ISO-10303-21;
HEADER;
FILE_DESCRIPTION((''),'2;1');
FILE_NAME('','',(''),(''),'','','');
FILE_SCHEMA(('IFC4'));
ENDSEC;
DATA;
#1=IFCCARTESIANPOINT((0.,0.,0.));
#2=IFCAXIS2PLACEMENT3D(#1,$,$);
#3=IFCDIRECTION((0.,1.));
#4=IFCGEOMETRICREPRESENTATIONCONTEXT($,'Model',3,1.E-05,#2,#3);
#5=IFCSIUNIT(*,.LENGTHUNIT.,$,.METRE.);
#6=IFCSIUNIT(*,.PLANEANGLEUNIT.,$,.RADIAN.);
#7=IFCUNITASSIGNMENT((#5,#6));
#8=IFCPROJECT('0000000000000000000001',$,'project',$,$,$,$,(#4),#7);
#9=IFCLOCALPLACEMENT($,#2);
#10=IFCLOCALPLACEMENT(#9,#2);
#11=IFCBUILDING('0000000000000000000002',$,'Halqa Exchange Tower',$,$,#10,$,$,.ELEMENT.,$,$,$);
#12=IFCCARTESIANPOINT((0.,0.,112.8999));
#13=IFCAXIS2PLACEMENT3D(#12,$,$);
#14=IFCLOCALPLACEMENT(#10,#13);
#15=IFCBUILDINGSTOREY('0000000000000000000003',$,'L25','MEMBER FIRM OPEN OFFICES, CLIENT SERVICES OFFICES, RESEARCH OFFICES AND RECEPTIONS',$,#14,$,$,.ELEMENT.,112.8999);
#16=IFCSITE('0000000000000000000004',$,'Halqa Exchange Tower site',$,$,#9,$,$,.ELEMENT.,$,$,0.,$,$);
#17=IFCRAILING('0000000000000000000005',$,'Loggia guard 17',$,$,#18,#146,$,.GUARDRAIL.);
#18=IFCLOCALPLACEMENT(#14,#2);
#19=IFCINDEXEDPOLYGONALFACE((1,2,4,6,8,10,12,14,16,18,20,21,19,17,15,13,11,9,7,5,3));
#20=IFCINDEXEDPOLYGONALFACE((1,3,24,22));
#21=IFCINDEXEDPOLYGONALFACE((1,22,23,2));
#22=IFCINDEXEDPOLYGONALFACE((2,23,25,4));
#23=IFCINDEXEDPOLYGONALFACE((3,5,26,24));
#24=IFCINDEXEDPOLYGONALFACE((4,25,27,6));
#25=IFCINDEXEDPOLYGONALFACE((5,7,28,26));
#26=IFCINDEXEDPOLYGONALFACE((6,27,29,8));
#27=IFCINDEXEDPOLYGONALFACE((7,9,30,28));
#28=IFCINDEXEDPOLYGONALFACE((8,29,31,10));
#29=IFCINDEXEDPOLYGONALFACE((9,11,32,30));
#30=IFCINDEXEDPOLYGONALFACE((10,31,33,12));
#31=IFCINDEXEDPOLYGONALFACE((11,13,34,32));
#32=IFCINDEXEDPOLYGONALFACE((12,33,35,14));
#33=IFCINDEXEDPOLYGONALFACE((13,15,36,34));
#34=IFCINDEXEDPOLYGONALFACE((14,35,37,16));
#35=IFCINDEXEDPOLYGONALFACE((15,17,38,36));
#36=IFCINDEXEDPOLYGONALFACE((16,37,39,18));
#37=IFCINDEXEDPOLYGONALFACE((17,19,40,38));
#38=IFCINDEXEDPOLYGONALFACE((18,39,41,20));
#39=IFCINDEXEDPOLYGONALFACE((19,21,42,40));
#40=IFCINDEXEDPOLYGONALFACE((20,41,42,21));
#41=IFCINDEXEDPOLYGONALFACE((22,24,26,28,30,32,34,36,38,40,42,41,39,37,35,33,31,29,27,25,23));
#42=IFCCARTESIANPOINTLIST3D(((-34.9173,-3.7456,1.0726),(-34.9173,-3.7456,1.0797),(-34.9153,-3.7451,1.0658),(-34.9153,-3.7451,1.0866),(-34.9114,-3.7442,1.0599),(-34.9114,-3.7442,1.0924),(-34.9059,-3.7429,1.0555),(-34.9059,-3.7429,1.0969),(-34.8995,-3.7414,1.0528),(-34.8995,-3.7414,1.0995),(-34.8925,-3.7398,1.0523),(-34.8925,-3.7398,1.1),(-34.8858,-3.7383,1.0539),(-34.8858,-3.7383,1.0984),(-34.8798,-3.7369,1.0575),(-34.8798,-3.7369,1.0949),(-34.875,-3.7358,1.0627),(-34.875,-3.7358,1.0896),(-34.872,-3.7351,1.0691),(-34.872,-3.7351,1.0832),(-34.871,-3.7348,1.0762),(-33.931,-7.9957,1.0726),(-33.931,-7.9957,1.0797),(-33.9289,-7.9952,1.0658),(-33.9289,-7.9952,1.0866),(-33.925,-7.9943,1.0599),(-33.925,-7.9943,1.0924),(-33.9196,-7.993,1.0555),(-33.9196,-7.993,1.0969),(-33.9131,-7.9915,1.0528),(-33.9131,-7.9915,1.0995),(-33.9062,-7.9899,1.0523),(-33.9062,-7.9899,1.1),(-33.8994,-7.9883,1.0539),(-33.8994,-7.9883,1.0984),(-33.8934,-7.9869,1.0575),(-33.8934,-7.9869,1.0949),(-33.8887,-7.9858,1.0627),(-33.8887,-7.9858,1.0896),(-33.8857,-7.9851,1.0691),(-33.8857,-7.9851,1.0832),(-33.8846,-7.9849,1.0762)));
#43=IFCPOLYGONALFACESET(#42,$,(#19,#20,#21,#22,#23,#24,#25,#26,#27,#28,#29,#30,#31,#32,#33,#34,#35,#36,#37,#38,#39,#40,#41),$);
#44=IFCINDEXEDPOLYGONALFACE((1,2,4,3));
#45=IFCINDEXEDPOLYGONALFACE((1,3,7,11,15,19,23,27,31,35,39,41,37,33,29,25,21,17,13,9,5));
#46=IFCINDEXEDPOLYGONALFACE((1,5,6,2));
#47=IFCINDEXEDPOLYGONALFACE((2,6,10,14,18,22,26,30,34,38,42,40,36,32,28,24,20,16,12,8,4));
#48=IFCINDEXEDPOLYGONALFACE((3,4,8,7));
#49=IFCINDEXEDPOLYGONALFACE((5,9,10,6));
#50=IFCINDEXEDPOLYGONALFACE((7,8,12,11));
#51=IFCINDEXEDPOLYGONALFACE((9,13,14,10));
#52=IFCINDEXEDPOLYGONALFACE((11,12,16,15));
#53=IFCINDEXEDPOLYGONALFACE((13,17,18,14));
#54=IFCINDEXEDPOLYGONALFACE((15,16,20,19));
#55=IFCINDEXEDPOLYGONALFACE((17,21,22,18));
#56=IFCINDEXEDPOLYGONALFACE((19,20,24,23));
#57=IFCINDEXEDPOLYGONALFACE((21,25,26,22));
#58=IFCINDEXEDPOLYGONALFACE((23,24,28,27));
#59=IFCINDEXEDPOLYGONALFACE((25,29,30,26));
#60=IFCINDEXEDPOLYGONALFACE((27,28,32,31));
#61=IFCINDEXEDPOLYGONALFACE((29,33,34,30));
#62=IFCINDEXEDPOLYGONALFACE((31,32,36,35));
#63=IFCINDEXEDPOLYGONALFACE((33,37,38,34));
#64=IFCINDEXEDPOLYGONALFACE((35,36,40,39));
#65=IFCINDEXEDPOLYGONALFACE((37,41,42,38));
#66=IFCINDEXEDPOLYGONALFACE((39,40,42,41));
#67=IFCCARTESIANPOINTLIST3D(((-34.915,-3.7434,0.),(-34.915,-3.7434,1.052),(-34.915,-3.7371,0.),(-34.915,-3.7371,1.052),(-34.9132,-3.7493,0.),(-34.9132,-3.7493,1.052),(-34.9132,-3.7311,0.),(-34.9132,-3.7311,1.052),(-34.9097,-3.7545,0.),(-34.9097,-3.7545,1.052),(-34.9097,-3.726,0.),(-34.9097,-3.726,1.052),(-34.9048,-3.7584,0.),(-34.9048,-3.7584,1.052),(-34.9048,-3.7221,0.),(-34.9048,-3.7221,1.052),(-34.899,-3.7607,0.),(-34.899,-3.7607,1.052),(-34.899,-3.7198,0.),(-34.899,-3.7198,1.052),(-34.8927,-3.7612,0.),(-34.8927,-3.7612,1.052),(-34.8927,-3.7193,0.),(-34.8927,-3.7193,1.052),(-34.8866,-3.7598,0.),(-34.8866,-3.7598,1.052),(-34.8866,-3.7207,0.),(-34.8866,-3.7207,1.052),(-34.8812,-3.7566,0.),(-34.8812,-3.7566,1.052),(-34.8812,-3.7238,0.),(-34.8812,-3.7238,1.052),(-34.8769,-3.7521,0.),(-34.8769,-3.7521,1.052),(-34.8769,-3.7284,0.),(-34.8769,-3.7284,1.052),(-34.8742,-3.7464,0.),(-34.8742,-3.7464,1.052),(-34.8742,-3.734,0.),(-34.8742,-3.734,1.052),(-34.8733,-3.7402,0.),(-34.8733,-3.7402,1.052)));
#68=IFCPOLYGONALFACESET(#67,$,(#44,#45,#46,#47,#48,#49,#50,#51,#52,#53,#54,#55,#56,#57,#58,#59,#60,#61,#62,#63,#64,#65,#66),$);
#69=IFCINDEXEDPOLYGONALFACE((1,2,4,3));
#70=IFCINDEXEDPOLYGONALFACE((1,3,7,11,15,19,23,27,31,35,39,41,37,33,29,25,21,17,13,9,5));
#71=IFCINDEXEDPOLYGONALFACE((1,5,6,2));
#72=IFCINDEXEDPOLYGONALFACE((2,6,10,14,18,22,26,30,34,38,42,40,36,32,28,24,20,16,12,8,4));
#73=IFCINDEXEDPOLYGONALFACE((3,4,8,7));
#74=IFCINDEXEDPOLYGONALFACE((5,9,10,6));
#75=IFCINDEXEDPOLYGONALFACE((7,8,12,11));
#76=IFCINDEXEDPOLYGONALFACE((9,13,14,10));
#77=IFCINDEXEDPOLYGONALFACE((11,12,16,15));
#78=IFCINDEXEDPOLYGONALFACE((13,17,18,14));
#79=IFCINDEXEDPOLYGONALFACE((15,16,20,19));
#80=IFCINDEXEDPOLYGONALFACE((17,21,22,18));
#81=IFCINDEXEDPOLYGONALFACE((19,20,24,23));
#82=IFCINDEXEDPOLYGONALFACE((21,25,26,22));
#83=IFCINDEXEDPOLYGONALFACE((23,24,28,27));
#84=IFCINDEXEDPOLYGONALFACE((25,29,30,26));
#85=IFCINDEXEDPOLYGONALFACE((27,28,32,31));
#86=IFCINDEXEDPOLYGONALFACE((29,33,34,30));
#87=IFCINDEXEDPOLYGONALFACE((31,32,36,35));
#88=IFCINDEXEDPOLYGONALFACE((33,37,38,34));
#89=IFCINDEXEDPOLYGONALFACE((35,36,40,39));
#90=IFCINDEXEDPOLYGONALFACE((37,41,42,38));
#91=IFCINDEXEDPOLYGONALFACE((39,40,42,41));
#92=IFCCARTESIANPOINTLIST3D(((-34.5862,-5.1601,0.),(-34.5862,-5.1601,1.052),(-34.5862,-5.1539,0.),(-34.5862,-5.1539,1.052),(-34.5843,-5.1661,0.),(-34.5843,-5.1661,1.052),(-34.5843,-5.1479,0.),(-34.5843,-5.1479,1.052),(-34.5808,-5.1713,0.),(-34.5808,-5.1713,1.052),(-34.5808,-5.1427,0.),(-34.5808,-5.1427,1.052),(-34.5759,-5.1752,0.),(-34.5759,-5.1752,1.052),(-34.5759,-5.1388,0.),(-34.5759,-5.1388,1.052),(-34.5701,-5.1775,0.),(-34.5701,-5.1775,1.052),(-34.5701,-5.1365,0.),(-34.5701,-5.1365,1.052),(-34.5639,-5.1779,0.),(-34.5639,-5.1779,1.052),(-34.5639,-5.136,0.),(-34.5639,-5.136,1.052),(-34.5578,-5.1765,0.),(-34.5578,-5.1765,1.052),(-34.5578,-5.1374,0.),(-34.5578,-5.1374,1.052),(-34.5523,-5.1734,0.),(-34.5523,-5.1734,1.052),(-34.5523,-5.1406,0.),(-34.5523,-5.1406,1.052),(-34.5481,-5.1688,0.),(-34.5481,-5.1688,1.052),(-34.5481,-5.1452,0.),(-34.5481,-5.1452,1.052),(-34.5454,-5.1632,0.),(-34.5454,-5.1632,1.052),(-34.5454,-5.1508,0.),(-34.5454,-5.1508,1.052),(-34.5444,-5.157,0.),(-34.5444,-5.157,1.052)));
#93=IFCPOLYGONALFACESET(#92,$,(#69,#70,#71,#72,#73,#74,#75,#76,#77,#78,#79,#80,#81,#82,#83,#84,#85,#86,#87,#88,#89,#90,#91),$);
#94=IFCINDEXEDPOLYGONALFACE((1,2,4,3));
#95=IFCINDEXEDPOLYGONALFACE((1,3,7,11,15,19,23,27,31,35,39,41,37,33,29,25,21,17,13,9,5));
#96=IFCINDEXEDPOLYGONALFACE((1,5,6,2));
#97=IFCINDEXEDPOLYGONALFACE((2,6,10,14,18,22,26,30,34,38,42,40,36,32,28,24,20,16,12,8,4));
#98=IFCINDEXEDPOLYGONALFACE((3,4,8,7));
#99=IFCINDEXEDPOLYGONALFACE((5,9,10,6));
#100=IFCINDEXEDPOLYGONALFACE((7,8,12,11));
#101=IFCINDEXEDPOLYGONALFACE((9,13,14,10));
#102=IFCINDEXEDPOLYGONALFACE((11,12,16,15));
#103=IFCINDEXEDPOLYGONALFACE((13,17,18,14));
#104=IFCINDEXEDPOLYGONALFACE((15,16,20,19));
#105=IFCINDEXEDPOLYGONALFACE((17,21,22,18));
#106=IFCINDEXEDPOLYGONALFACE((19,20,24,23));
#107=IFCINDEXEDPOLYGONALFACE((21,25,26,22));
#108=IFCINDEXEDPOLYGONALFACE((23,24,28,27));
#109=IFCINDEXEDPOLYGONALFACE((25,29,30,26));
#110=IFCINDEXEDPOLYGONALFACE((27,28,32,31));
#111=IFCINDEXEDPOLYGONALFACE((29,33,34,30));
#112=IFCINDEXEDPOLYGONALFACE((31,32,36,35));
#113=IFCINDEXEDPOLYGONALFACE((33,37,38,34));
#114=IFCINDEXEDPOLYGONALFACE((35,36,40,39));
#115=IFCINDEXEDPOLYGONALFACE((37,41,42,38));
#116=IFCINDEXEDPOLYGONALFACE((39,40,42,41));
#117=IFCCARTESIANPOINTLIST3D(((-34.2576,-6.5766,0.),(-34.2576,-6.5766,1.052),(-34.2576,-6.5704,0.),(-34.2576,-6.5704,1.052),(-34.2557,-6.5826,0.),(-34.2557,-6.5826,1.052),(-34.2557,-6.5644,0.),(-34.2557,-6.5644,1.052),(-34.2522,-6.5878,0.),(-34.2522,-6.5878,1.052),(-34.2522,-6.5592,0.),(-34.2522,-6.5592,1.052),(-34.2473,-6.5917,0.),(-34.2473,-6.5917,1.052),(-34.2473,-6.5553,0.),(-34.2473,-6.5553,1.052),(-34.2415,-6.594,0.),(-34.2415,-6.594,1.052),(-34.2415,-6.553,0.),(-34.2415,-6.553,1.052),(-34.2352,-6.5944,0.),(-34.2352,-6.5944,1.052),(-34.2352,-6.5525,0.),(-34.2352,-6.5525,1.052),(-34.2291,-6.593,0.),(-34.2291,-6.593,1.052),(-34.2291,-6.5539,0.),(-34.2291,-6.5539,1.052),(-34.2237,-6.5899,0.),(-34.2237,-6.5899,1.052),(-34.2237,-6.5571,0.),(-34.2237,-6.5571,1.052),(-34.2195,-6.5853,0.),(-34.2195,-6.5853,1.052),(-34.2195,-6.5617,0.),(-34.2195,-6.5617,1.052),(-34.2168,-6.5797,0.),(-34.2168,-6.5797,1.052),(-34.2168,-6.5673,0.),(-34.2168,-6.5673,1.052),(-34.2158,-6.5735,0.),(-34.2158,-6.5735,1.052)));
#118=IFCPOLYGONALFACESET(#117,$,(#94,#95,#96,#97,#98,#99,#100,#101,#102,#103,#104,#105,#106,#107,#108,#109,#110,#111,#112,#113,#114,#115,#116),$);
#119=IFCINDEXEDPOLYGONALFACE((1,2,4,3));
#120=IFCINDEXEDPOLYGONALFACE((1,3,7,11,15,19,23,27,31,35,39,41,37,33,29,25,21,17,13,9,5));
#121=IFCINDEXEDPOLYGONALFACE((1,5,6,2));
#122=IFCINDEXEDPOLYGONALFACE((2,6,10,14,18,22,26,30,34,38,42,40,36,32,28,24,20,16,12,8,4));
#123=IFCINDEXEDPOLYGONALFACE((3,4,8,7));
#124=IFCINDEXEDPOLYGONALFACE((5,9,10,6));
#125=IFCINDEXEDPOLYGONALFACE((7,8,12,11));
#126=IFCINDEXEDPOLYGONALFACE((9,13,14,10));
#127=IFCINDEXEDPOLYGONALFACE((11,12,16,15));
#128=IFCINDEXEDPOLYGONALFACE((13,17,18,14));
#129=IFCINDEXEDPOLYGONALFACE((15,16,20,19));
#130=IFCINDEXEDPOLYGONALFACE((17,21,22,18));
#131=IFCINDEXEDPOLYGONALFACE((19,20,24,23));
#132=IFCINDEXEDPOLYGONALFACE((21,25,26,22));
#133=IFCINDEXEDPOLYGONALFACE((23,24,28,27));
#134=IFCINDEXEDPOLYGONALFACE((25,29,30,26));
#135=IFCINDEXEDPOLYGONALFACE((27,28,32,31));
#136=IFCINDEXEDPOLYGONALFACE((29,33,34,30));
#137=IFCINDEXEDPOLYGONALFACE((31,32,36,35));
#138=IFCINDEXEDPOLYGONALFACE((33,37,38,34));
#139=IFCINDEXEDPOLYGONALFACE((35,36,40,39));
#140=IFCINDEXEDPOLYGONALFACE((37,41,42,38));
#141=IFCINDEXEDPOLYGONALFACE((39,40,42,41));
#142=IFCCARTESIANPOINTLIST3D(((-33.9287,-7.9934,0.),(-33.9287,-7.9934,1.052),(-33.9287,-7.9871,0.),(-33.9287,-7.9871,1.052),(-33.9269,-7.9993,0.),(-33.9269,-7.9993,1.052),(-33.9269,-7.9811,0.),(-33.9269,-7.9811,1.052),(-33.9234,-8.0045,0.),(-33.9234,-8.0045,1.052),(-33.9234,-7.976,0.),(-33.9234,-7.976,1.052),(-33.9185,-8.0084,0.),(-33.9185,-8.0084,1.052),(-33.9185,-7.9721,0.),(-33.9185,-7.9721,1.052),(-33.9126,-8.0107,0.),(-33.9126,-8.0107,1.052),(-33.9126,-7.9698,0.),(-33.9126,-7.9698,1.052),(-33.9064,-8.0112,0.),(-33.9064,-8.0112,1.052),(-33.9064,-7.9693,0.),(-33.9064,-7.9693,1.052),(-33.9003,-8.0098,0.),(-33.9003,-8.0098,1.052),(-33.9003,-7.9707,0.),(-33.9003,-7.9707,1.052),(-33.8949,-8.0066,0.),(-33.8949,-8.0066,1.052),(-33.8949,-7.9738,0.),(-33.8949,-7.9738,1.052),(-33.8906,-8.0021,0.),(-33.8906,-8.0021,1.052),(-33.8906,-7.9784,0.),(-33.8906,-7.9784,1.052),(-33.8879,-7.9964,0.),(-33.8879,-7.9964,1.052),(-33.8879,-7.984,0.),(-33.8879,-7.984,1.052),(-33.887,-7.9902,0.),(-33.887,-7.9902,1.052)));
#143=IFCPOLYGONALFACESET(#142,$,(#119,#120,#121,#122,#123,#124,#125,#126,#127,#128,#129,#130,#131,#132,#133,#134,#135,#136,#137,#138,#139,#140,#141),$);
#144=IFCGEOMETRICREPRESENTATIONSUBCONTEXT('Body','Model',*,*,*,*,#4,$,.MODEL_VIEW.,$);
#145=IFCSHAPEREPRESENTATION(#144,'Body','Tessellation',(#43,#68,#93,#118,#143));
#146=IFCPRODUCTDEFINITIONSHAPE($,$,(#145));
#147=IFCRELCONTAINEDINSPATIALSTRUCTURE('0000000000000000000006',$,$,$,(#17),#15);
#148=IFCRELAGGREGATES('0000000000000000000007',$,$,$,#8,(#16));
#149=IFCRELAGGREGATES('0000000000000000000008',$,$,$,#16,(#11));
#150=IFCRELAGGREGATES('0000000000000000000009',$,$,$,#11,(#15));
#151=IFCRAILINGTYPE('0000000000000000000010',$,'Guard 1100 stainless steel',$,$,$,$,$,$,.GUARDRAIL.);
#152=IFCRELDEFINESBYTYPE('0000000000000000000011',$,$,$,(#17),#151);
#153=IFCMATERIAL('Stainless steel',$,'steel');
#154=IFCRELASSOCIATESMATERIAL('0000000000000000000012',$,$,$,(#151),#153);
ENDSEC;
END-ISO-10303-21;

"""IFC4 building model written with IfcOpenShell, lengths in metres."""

from ifc_helpers import new_model, si_unit, direction, frame, origin, origin_2d, place, context, subcontext, project, spatial, circle, extrude, material, type_object, element, save


model = new_model("IFC4")

# Units and contexts
model_context = context("Model", 3, precision=1e-05, world=origin(), true_north=direction((0.0, 1.0)))
body_context = subcontext(model_context, "Body", "Model", "MODEL_VIEW")
ifc_project = project(units=[si_unit("LENGTHUNIT", "METRE"), si_unit("PLANEANGLEUNIT", "RADIAN")], contexts=[model_context])

# Site, building, storey
site_placement = place(None, origin())
site = spatial("IfcSite", under=ifc_project, at=site_placement, Name="Halqa Exchange Tower site", CompositionType="ELEMENT", RefElevation=0.0)
building_placement = place(site_placement, origin())
building = spatial("IfcBuilding", under=site, at=building_placement, Name="Halqa Exchange Tower", CompositionType="ELEMENT")
storey_placement = place(building_placement, frame((0.0, 0.0, 112.8999)))
storey = spatial("IfcBuildingStorey", under=building, at=storey_placement, Name="L25", Description="MEMBER FIRM OPEN OFFICES, CLIENT SERVICES OFFICES, RESEARCH OFFICES AND RECEPTIONS", CompositionType="ELEMENT", Elevation=112.8999)

# Railing
ifc_material_1 = material(Name="Stainless steel", Category="steel")
railing_type = type_object("IfcRailingType", Name="Guard 1100 stainless steel", PredefinedType="GUARDRAIL", material=ifc_material_1)
railing_1_placement = place(storey_placement, frame((-34.8943, -3.7402, 0.0)))
element("IfcRailing", 1, at=railing_1_placement, inside=storey, type_object=railing_type, Name="Loggia guard 17", PredefinedType="GUARDRAIL", context=body_context, shape_type="SweptSolid", body=[
    extrude(circle(Radius=0.0239, at=origin_2d()), frame((0.0, 0.0, 1.0762), z_axis=(0.226069, -0.974111, 0.0), x_axis=(0.974111, 0.226069, 0.0)), (0.0, 0.0, 1.0), 4.363),
    extrude(circle(Radius=0.021, at=origin_2d()), origin(), (0.0, 0.0, 1.0), 1.052),
    extrude(circle(Radius=0.021, at=origin_2d()), frame((0.3289, -1.4167, 0.0)), (0.0, 0.0, 1.0), 1.052),
    extrude(circle(Radius=0.021, at=origin_2d()), frame((0.6575, -2.8333, 0.0)), (0.0, 0.0, 1.0), 1.052),
    extrude(circle(Radius=0.021, at=origin_2d()), frame((0.9863, -4.25, 0.0)), (0.0, 0.0, 1.0), 1.052),
])

save(model, "model.ifc")
